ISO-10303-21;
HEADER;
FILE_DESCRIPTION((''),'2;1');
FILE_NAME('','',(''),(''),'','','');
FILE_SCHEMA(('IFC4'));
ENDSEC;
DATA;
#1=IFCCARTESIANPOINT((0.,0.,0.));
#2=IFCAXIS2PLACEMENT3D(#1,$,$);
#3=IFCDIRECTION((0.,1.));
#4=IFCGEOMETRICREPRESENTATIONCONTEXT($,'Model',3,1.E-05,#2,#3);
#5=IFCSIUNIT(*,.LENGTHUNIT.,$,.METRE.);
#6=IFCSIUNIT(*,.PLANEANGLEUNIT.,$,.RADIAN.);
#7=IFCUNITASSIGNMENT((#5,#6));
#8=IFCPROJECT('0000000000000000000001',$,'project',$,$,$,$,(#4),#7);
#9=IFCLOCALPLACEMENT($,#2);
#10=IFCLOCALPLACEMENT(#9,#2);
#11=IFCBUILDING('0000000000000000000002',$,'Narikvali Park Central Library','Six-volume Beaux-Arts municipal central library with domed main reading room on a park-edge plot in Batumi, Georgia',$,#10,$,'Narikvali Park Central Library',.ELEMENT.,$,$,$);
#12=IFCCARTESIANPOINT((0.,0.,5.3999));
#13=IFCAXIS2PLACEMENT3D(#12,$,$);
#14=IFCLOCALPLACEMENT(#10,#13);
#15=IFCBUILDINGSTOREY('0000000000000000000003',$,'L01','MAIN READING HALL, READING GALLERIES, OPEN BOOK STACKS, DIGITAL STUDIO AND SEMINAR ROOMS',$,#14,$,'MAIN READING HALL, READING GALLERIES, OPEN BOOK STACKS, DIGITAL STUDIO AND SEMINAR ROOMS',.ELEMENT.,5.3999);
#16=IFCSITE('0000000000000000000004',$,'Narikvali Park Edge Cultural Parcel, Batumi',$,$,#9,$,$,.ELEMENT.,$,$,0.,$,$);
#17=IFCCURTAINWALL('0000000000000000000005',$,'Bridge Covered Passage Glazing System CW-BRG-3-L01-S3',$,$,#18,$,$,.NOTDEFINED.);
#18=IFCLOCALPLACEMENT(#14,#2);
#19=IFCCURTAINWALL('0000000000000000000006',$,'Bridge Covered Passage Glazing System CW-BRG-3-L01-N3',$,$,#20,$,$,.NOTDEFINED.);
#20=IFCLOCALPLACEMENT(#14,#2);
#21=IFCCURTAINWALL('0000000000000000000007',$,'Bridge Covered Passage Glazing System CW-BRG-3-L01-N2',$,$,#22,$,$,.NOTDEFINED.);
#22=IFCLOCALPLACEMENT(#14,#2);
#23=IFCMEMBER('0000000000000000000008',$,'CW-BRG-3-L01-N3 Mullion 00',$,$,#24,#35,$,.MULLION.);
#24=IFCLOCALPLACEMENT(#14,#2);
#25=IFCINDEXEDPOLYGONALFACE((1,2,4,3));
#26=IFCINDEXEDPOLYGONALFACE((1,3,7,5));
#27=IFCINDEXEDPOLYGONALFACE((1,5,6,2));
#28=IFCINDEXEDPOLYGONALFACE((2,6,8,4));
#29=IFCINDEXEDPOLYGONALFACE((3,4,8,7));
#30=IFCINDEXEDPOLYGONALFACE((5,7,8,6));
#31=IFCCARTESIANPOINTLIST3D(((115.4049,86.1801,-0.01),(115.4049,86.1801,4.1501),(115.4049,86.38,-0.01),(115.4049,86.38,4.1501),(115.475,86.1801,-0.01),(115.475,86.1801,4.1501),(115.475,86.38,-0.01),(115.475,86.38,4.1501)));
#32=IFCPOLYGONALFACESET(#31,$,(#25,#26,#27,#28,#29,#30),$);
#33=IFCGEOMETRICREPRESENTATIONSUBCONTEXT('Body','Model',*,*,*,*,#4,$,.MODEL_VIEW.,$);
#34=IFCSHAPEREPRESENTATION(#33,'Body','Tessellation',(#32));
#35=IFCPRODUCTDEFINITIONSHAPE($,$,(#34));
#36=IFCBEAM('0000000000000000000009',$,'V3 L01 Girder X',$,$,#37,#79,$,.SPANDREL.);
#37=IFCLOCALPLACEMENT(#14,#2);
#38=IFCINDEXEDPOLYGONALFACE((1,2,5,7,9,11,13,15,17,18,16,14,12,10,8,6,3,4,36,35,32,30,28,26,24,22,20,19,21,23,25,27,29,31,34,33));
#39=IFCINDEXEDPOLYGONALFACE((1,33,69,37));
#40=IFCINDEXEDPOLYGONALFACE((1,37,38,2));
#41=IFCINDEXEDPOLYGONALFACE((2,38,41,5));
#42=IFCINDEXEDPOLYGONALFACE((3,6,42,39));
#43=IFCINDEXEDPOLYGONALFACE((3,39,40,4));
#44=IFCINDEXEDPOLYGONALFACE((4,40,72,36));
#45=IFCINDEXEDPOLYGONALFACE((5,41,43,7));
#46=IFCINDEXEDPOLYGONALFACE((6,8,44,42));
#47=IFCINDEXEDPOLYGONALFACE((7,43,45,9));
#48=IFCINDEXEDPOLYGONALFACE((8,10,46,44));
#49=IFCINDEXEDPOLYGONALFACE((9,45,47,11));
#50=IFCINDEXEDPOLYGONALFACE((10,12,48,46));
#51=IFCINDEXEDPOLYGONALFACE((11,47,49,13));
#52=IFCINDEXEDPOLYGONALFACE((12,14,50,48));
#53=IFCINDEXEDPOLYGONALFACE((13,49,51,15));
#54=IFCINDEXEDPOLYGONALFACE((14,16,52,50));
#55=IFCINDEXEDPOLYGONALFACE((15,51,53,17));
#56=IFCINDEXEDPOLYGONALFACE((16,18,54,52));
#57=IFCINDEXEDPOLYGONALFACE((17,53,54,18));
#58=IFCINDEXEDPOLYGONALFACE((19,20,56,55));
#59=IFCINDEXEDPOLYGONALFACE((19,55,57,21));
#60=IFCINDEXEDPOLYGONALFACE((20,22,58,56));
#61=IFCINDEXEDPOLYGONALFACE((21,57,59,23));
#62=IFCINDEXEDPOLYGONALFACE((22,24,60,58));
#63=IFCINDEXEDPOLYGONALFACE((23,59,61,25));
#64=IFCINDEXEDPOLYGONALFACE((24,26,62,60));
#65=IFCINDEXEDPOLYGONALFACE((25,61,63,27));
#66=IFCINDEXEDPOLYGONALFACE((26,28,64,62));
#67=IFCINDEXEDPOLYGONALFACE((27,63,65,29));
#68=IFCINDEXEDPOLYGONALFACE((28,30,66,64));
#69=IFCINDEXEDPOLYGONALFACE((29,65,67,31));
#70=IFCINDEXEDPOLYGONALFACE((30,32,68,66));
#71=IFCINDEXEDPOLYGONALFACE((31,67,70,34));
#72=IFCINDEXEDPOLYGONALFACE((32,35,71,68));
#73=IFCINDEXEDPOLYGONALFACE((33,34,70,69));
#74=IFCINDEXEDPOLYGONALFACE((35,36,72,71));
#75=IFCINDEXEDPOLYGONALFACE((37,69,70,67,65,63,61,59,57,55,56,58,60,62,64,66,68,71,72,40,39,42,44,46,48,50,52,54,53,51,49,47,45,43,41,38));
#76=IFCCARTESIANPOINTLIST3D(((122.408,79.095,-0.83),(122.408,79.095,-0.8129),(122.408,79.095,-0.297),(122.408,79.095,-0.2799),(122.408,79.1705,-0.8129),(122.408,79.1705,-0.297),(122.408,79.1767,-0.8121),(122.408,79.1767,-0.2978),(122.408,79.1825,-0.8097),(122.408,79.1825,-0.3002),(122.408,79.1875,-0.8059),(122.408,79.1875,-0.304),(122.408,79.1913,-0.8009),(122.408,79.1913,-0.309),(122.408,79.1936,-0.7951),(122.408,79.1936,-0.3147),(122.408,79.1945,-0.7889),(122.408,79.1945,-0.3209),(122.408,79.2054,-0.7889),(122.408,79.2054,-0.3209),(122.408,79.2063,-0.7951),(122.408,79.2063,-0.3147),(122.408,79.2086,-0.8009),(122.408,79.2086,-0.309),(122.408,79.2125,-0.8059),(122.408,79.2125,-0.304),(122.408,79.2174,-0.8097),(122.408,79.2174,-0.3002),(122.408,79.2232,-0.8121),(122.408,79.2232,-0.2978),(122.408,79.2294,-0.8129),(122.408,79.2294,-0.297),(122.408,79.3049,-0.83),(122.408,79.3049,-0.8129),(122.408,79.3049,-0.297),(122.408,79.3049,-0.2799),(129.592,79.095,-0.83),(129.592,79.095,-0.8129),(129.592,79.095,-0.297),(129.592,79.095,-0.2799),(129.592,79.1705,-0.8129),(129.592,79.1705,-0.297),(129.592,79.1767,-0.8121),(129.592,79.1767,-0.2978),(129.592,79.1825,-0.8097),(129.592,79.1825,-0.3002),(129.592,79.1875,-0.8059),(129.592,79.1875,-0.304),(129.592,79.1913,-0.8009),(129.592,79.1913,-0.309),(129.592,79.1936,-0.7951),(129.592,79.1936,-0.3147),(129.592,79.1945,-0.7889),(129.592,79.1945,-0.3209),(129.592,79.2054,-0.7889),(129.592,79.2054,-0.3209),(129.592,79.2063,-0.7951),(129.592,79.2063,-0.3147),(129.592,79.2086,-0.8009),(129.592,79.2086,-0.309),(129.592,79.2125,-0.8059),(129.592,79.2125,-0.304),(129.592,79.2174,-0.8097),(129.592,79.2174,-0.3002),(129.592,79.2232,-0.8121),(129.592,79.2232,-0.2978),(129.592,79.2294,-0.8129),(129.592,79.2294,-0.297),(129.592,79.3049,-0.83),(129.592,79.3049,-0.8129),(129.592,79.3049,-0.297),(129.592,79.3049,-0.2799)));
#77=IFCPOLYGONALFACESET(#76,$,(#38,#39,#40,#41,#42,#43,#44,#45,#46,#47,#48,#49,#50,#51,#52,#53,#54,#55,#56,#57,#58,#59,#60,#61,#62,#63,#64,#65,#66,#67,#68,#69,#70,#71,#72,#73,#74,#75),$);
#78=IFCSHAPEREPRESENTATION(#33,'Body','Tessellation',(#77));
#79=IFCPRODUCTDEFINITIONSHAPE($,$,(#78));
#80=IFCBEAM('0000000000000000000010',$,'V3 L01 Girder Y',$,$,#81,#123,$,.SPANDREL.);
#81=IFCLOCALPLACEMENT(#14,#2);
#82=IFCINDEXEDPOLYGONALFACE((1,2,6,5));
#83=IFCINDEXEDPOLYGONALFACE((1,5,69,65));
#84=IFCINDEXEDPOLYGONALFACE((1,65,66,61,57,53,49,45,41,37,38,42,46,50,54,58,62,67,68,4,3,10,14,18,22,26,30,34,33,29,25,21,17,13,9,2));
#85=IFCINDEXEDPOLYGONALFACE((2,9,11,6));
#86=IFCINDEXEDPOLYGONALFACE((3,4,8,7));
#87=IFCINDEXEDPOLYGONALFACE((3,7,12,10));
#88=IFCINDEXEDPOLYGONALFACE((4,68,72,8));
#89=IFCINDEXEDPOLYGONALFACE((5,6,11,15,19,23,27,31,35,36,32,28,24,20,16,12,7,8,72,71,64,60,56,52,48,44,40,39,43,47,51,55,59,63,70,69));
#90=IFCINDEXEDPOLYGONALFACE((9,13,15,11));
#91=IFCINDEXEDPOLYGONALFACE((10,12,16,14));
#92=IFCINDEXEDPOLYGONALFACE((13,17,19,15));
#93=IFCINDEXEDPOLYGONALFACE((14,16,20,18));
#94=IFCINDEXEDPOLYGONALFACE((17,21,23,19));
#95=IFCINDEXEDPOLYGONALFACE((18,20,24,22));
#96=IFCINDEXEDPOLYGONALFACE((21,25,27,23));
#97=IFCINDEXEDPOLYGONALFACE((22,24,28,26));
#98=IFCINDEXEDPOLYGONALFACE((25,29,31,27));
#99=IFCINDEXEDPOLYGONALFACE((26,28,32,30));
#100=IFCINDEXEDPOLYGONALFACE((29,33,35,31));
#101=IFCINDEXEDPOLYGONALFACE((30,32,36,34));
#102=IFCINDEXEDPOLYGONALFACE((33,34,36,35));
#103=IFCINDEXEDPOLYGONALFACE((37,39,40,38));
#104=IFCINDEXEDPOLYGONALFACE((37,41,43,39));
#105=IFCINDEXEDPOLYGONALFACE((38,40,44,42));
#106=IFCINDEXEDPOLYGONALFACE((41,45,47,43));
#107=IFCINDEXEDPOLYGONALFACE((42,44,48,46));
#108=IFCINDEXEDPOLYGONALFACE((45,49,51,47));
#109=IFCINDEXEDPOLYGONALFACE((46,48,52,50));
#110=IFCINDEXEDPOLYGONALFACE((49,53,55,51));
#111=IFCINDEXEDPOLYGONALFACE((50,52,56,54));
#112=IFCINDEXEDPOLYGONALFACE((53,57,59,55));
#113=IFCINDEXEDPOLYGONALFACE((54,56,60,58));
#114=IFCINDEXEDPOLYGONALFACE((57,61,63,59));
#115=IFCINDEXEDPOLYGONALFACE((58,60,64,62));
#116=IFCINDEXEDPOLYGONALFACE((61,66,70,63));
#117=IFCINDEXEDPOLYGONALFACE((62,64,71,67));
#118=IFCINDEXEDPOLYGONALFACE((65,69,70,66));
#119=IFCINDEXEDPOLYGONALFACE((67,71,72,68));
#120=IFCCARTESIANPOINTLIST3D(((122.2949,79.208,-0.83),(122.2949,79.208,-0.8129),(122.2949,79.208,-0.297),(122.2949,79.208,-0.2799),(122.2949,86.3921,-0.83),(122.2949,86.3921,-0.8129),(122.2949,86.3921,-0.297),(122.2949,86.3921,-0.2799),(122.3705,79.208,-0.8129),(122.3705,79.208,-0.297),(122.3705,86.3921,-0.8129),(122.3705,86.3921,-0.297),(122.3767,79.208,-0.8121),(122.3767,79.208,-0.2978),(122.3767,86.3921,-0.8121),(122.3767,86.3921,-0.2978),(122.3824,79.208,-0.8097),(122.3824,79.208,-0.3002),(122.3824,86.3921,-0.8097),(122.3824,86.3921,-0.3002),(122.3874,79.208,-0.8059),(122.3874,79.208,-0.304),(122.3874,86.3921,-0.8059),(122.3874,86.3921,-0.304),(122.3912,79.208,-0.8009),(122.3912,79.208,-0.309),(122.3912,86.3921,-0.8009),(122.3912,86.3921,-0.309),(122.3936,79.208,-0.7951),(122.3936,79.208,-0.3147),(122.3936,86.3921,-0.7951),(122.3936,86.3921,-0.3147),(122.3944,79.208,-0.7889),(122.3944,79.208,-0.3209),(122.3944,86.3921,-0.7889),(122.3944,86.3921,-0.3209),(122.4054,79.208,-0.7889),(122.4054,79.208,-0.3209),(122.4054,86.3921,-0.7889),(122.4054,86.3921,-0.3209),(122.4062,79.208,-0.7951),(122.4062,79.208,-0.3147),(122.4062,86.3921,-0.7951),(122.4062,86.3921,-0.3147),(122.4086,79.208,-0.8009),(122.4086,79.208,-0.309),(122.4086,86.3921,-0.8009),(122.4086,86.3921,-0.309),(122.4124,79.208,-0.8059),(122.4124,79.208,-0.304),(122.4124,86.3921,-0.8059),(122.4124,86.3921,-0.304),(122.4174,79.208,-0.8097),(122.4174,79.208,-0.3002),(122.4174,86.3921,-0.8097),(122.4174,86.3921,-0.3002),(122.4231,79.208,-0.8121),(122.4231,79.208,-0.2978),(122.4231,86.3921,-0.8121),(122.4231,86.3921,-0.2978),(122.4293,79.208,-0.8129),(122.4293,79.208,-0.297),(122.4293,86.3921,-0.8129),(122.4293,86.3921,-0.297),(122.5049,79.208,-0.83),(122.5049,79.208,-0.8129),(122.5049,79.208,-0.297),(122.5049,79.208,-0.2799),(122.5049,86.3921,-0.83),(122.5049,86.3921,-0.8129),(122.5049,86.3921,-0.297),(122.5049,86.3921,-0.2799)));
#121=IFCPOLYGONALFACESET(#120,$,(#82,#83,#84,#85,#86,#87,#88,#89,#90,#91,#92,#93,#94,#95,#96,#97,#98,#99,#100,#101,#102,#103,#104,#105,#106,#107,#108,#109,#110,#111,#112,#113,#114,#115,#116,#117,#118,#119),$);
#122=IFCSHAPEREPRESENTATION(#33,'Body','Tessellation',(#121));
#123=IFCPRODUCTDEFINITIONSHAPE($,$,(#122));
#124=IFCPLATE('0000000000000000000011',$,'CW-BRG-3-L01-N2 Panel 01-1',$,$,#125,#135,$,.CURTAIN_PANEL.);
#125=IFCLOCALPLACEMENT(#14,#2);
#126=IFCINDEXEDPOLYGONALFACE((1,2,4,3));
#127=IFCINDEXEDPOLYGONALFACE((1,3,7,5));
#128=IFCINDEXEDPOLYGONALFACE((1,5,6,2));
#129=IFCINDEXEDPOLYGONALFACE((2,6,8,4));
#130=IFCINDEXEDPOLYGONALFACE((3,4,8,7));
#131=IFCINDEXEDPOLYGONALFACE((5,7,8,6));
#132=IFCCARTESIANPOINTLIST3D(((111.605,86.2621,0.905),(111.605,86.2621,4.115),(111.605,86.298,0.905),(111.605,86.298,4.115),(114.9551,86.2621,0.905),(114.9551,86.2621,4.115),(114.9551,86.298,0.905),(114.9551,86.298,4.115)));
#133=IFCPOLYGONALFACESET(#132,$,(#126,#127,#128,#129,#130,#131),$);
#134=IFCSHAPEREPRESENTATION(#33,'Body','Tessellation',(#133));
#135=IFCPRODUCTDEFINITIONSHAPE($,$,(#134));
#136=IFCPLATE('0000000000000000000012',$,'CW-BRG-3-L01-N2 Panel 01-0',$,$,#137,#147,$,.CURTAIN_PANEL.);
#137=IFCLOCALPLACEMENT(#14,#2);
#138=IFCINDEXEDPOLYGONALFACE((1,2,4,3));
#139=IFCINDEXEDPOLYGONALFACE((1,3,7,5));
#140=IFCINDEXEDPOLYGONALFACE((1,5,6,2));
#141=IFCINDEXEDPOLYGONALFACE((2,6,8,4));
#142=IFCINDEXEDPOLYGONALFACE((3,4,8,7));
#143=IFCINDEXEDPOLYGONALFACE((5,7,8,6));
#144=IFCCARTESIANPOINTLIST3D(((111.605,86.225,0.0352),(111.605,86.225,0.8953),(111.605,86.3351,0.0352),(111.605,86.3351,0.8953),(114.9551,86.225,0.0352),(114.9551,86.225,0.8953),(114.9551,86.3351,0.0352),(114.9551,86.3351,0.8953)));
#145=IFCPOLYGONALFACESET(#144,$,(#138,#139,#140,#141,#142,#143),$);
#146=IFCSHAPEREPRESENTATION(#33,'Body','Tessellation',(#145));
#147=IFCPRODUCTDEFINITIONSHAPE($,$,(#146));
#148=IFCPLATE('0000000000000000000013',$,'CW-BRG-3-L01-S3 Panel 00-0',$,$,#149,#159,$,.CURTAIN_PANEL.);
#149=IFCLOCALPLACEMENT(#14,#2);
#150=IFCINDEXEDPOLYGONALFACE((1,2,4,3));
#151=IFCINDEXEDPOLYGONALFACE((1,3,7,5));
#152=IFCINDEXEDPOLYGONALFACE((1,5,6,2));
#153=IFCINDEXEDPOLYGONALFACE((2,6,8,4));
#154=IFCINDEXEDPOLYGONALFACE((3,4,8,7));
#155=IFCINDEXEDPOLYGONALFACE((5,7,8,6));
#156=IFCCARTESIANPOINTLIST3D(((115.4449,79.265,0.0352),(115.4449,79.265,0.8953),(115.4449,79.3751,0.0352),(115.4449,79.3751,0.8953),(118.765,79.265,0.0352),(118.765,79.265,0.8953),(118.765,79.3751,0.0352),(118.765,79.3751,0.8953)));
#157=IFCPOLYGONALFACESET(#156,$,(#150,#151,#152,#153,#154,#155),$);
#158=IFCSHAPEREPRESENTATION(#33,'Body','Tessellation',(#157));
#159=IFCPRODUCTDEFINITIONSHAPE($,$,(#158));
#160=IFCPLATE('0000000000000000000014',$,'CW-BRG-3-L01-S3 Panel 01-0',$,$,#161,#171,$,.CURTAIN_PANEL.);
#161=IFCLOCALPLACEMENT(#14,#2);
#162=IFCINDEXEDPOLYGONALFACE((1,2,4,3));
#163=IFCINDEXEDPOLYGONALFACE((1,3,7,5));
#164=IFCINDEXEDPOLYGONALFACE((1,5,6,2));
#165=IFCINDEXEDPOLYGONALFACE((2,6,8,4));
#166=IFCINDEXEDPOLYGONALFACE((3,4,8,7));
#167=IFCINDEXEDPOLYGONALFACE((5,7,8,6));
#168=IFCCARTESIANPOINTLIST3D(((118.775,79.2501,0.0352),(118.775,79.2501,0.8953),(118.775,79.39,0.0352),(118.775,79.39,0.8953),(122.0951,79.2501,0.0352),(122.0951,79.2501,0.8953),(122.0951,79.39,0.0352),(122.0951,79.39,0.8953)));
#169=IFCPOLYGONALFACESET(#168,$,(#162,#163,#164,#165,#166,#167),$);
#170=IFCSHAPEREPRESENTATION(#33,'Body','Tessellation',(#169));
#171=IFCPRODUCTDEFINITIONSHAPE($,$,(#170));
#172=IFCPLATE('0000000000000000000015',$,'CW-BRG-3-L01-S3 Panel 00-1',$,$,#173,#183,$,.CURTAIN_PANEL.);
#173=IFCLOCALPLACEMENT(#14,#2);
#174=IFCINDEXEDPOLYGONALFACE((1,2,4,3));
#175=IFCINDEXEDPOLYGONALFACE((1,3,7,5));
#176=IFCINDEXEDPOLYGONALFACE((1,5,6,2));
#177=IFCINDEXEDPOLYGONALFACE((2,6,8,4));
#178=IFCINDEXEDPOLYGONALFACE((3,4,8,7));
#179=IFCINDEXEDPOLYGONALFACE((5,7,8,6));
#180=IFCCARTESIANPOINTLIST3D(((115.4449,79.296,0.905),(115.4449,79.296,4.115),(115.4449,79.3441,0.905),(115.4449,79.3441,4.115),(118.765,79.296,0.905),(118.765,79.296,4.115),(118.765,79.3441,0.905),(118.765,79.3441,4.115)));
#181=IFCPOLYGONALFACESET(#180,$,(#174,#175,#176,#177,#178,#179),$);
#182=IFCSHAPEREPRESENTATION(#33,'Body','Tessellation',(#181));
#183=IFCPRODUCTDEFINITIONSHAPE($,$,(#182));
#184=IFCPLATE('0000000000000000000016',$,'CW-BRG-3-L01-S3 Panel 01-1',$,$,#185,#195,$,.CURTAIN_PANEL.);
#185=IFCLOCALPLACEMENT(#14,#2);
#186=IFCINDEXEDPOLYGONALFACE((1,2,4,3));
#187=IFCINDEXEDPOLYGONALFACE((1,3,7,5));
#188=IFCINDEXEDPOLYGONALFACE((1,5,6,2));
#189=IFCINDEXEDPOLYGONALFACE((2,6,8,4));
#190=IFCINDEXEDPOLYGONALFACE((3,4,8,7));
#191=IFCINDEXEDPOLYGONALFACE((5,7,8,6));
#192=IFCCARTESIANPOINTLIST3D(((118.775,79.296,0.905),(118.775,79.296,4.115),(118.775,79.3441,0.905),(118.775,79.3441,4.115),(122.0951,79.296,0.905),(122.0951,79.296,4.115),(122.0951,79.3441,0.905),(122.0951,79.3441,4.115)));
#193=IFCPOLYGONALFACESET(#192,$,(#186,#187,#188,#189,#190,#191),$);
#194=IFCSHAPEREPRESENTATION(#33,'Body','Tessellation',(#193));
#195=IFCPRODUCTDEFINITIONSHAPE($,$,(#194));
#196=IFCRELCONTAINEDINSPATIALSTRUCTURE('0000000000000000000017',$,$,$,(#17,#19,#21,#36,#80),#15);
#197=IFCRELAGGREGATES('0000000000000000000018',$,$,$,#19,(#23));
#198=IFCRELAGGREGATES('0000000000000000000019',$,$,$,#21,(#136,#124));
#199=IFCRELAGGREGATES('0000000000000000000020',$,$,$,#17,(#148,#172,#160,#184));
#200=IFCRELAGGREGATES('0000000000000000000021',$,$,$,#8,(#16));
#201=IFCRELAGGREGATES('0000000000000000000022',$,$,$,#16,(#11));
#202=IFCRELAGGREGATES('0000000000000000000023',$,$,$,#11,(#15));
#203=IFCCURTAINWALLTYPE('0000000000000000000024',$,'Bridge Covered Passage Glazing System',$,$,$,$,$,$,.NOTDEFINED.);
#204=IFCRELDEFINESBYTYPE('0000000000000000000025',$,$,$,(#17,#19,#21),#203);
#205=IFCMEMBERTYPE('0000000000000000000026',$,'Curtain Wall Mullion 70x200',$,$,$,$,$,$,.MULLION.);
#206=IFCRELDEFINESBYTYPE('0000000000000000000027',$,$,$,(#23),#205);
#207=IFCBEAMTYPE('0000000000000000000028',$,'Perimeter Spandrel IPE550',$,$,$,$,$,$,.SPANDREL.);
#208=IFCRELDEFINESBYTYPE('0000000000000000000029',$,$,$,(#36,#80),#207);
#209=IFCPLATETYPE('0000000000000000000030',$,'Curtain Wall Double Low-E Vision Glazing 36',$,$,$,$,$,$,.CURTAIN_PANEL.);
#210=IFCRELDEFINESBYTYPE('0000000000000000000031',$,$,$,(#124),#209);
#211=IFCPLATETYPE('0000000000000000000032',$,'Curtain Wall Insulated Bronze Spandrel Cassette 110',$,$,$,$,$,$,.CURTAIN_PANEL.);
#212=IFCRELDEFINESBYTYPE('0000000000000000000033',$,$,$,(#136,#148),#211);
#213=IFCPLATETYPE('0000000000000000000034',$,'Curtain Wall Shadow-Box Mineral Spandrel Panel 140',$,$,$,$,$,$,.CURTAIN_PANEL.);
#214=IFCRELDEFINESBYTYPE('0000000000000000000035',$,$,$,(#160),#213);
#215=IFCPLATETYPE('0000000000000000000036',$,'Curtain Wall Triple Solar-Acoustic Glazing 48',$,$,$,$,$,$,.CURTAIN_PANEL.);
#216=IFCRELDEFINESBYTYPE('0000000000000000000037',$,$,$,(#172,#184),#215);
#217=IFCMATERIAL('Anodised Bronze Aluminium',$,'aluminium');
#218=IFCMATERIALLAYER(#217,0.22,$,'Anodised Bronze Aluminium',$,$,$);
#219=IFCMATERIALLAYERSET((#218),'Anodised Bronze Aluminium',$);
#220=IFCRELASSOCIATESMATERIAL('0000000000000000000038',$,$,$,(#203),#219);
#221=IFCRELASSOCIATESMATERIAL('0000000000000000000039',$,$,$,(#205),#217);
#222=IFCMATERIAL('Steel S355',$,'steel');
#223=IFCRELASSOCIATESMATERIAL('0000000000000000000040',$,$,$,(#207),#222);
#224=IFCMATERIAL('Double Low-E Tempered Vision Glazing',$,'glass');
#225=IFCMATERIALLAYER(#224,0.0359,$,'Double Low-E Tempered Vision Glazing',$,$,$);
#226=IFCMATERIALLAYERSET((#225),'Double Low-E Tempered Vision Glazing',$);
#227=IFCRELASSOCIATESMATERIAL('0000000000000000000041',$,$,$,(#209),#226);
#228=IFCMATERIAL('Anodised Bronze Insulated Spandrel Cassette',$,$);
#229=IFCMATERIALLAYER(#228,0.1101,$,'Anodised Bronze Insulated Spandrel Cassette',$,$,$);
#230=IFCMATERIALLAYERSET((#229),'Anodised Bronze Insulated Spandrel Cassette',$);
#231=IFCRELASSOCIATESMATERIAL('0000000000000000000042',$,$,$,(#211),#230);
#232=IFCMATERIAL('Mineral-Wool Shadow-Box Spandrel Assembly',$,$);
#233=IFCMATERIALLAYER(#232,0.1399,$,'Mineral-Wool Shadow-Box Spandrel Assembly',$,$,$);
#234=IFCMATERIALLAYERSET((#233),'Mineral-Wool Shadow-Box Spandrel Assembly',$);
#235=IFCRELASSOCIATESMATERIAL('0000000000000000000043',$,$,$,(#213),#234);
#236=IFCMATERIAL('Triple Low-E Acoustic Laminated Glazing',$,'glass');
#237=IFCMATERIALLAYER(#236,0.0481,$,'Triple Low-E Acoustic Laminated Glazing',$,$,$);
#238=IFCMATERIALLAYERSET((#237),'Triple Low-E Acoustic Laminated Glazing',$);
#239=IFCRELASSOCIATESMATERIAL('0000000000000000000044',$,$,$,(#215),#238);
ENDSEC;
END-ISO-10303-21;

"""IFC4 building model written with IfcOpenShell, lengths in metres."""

from ifc_helpers import new_model, si_unit, direction, frame, origin, origin_2d, place, context, subcontext, project, spatial, rectangle, i_section, extrude, material, layer, layer_set, material_profile, profile_set, type_object, element, aggregate, save


model = new_model("IFC4")

# Units and contexts
model_context = context("Model", 3, precision=1e-05, world=origin(), true_north=direction((0.0, 1.0)))
body_context = subcontext(model_context, "Body", "Model", "MODEL_VIEW")
ifc_project = project(units=[si_unit("LENGTHUNIT", "METRE"), si_unit("PLANEANGLEUNIT", "RADIAN")], contexts=[model_context])

# Site, building, storey
site_placement = place(None, origin())
site = spatial("IfcSite", under=ifc_project, at=site_placement, Name="Narikvali Park Edge Cultural Parcel, Batumi", CompositionType="ELEMENT", RefElevation=0.0)
building_placement = place(site_placement, origin())
building = spatial("IfcBuilding", under=site, at=building_placement, Name="Narikvali Park Central Library", Description="Six-volume Beaux-Arts municipal central library with domed main reading room on a park-edge plot in Batumi, Georgia", LongName="Narikvali Park Central Library", CompositionType="ELEMENT")
storey_placement = place(building_placement, frame((0.0, 0.0, 5.3999)))
storey = spatial("IfcBuildingStorey", under=building, at=storey_placement, Name="L01", Description="MAIN READING HALL, READING GALLERIES, OPEN BOOK STACKS, DIGITAL STUDIO AND SEMINAR ROOMS", LongName="MAIN READING HALL, READING GALLERIES, OPEN BOOK STACKS, DIGITAL STUDIO AND SEMINAR ROOMS", CompositionType="ELEMENT", Elevation=5.3999)

# Shared definitions
ifc_material_1 = material(Name="Steel S355", Category="steel")

# Curtain walls
ifc_material_2 = material(Name="Anodised Bronze Aluminium", Category="aluminium")
ifc_layer_1 = layer(ifc_material_2, 0.22, Name="Anodised Bronze Aluminium")
ifc_layer_set_1 = layer_set([ifc_layer_1], Name="Anodised Bronze Aluminium")
curtain_wall_type = type_object("IfcCurtainWallType", Name="Bridge Covered Passage Glazing System", PredefinedType="NOTDEFINED", material=ifc_layer_set_1)
curtain_wall_1_placement = place(storey_placement, origin())
curtain_wall_1 = element("IfcCurtainWall", 1, at=curtain_wall_1_placement, inside=storey, type_object=curtain_wall_type, Name="Bridge Covered Passage Glazing System CW-BRG-3-L01-S3", PredefinedType="NOTDEFINED")
curtain_wall_2_placement = place(storey_placement, origin())
curtain_wall_2 = element("IfcCurtainWall", 2, at=curtain_wall_2_placement, inside=storey, type_object=curtain_wall_type, Name="Bridge Covered Passage Glazing System CW-BRG-3-L01-N3", PredefinedType="NOTDEFINED")

# Curtain wall
ifc_material_profile_1 = material_profile(ifc_material_2, rectangle(XDim=0.0701, YDim=0.2, at=origin_2d()), Name="CW MULLION 70x200")
ifc_profile_set_1 = profile_set([ifc_material_profile_1], Name="Anodised Bronze Aluminium")
member_type_1 = type_object("IfcMemberType", Name="Curtain Wall Mullion 70x200", PredefinedType="MULLION", material=ifc_profile_set_1)
curtain_wall_3_placement = place(storey_placement, origin())
curtain_wall_3 = element("IfcCurtainWall", 3, at=curtain_wall_3_placement, inside=storey, type_object=curtain_wall_type, Name="Bridge Covered Passage Glazing System CW-BRG-3-L01-N2", PredefinedType="NOTDEFINED")

# Member
member_1_placement = place(storey_placement, frame((115.4399, 86.28, -0.01), z_axis=(0.0, 0.0, 1.0), x_axis=(1.0, 0.0, 0.0)))
member_1 = element("IfcMember", 4, at=member_1_placement, type_object=member_type_1, Name="CW-BRG-3-L01-N3 Mullion 00", PredefinedType="MULLION", context=body_context, shape_type="SweptSolid", body=[
    extrude(rectangle(XDim=0.0701, YDim=0.2, at=origin_2d()), origin(), (0.0, 0.0, 1.0), 4.1602),
])
aggregate(curtain_wall_2, [member_1])

# Beams
ifc_material_profile_2 = material_profile(ifc_material_1, i_section(OverallWidth=0.21, OverallDepth=0.55, WebThickness=0.011, FlangeThickness=0.0171, FilletRadius=0.0239, at=origin_2d()), Name="IPE 550")
ifc_profile_set_2 = profile_set([ifc_material_profile_2], Name="Steel S355")
beam_type_1 = type_object("IfcBeamType", Name="Perimeter Spandrel IPE550", PredefinedType="SPANDREL", material=ifc_profile_set_2)
for number, where, z_axis, x_axis, name in (
    (5, (122.408, 79.2, -0.5549), (1.0, 0.0, 0.0), (0.0, 1.0, 0.0), "V3 L01 Girder X"),
    (6, (122.3999, 79.208, -0.5549), (0.0, 1.0, 0.0), (-1.0, 0.0, 0.0), "V3 L01 Girder Y"),
):
    element("IfcBeam", number, at=place(storey_placement, frame(where, z_axis=z_axis, x_axis=x_axis)), inside=storey, type_object=beam_type_1, Name=name, PredefinedType="SPANDREL", context=body_context, shape_type="SweptSolid", body=[
        extrude(i_section(OverallWidth=0.21, OverallDepth=0.55, WebThickness=0.011, FlangeThickness=0.0171, FilletRadius=0.0239, at=origin_2d()), origin(), (0.0, 0.0, 1.0), 7.1841),
    ])

# Plates
ifc_material_3 = material(Name="Double Low-E Tempered Vision Glazing", Category="glass")
ifc_layer_2 = layer(ifc_material_3, 0.0359, Name="Double Low-E Tempered Vision Glazing")
ifc_layer_set_2 = layer_set([ifc_layer_2], Name="Double Low-E Tempered Vision Glazing")
plate_type_1 = type_object("IfcPlateType", Name="Curtain Wall Double Low-E Vision Glazing 36", PredefinedType="CURTAIN_PANEL", material=ifc_layer_set_2)
plate_1_placement = place(storey_placement, frame((113.28, 86.28, 0.905), z_axis=(0.0, 0.0, 1.0), x_axis=(1.0, 0.0, 0.0)))
plate_1 = element("IfcPlate", 7, at=plate_1_placement, type_object=plate_type_1, Name="CW-BRG-3-L01-N2 Panel 01-1", PredefinedType="CURTAIN_PANEL", context=body_context, shape_type="SweptSolid", body=[
    extrude(rectangle(XDim=3.3501, YDim=0.0359, at=origin_2d()), origin(), (0.0, 0.0, 1.0), 3.21),
])
ifc_material_4 = material(Name="Anodised Bronze Insulated Spandrel Cassette")
ifc_layer_3 = layer(ifc_material_4, 0.1101, Name="Anodised Bronze Insulated Spandrel Cassette")
ifc_layer_set_3 = layer_set([ifc_layer_3], Name="Anodised Bronze Insulated Spandrel Cassette")
plate_type_2 = type_object("IfcPlateType", Name="Curtain Wall Insulated Bronze Spandrel Cassette 110", PredefinedType="CURTAIN_PANEL", material=ifc_layer_set_3)
plate_2_placement = place(storey_placement, frame((113.28, 86.28, 0.0352), z_axis=(0.0, 0.0, 1.0), x_axis=(1.0, 0.0, 0.0)))
plate_2 = element("IfcPlate", 8, at=plate_2_placement, type_object=plate_type_2, Name="CW-BRG-3-L01-N2 Panel 01-0", PredefinedType="CURTAIN_PANEL", context=body_context, shape_type="SweptSolid", body=[
    extrude(rectangle(XDim=3.3501, YDim=0.1101, at=origin_2d()), origin(), (0.0, 0.0, 1.0), 0.8601),
])
aggregate(curtain_wall_3, [plate_2, plate_1])
plate_3_placement = place(storey_placement, frame((117.105, 79.3201, 0.0352), z_axis=(0.0, 0.0, 1.0), x_axis=(1.0, 0.0, 0.0)))
plate_3 = element("IfcPlate", 9, at=plate_3_placement, type_object=plate_type_2, Name="CW-BRG-3-L01-S3 Panel 00-0", PredefinedType="CURTAIN_PANEL", context=body_context, shape_type="SweptSolid", body=[
    extrude(rectangle(XDim=3.3201, YDim=0.1101, at=origin_2d()), origin(), (0.0, 0.0, 1.0), 0.8601),
])
ifc_material_5 = material(Name="Mineral-Wool Shadow-Box Spandrel Assembly")
ifc_layer_4 = layer(ifc_material_5, 0.1399, Name="Mineral-Wool Shadow-Box Spandrel Assembly")
ifc_layer_set_4 = layer_set([ifc_layer_4], Name="Mineral-Wool Shadow-Box Spandrel Assembly")
plate_type_3 = type_object("IfcPlateType", Name="Curtain Wall Shadow-Box Mineral Spandrel Panel 140", PredefinedType="CURTAIN_PANEL", material=ifc_layer_set_4)
plate_4_placement = place(storey_placement, frame((120.4351, 79.3201, 0.0352), z_axis=(0.0, 0.0, 1.0), x_axis=(1.0, 0.0, 0.0)))
plate_4 = element("IfcPlate", 10, at=plate_4_placement, type_object=plate_type_3, Name="CW-BRG-3-L01-S3 Panel 01-0", PredefinedType="CURTAIN_PANEL", context=body_context, shape_type="SweptSolid", body=[
    extrude(rectangle(XDim=3.3201, YDim=0.1399, at=origin_2d()), origin(), (0.0, 0.0, 1.0), 0.8601),
])
ifc_material_6 = material(Name="Triple Low-E Acoustic Laminated Glazing", Category="glass")
ifc_layer_5 = layer(ifc_material_6, 0.0481, Name="Triple Low-E Acoustic Laminated Glazing")
ifc_layer_set_5 = layer_set([ifc_layer_5], Name="Triple Low-E Acoustic Laminated Glazing")
plate_type_4 = type_object("IfcPlateType", Name="Curtain Wall Triple Solar-Acoustic Glazing 48", PredefinedType="CURTAIN_PANEL", material=ifc_layer_set_5)
plate_5_placement = place(storey_placement, frame((117.105, 79.3201, 0.905), z_axis=(0.0, 0.0, 1.0), x_axis=(1.0, 0.0, 0.0)))
plate_5 = element("IfcPlate", 11, at=plate_5_placement, type_object=plate_type_4, Name="CW-BRG-3-L01-S3 Panel 00-1", PredefinedType="CURTAIN_PANEL", context=body_context, shape_type="SweptSolid", body=[
    extrude(rectangle(XDim=3.3201, YDim=0.0481, at=origin_2d()), origin(), (0.0, 0.0, 1.0), 3.21),
])
plate_6_placement = place(storey_placement, frame((120.4351, 79.3201, 0.905), z_axis=(0.0, 0.0, 1.0), x_axis=(1.0, 0.0, 0.0)))
plate_6 = element("IfcPlate", 12, at=plate_6_placement, type_object=plate_type_4, Name="CW-BRG-3-L01-S3 Panel 01-1", PredefinedType="CURTAIN_PANEL", context=body_context, shape_type="SweptSolid", body=[
    extrude(rectangle(XDim=3.3201, YDim=0.0481, at=origin_2d()), origin(), (0.0, 0.0, 1.0), 3.21),
])
aggregate(curtain_wall_1, [plate_3, plate_5, plate_4, plate_6])

save(model, "model.ifc")
